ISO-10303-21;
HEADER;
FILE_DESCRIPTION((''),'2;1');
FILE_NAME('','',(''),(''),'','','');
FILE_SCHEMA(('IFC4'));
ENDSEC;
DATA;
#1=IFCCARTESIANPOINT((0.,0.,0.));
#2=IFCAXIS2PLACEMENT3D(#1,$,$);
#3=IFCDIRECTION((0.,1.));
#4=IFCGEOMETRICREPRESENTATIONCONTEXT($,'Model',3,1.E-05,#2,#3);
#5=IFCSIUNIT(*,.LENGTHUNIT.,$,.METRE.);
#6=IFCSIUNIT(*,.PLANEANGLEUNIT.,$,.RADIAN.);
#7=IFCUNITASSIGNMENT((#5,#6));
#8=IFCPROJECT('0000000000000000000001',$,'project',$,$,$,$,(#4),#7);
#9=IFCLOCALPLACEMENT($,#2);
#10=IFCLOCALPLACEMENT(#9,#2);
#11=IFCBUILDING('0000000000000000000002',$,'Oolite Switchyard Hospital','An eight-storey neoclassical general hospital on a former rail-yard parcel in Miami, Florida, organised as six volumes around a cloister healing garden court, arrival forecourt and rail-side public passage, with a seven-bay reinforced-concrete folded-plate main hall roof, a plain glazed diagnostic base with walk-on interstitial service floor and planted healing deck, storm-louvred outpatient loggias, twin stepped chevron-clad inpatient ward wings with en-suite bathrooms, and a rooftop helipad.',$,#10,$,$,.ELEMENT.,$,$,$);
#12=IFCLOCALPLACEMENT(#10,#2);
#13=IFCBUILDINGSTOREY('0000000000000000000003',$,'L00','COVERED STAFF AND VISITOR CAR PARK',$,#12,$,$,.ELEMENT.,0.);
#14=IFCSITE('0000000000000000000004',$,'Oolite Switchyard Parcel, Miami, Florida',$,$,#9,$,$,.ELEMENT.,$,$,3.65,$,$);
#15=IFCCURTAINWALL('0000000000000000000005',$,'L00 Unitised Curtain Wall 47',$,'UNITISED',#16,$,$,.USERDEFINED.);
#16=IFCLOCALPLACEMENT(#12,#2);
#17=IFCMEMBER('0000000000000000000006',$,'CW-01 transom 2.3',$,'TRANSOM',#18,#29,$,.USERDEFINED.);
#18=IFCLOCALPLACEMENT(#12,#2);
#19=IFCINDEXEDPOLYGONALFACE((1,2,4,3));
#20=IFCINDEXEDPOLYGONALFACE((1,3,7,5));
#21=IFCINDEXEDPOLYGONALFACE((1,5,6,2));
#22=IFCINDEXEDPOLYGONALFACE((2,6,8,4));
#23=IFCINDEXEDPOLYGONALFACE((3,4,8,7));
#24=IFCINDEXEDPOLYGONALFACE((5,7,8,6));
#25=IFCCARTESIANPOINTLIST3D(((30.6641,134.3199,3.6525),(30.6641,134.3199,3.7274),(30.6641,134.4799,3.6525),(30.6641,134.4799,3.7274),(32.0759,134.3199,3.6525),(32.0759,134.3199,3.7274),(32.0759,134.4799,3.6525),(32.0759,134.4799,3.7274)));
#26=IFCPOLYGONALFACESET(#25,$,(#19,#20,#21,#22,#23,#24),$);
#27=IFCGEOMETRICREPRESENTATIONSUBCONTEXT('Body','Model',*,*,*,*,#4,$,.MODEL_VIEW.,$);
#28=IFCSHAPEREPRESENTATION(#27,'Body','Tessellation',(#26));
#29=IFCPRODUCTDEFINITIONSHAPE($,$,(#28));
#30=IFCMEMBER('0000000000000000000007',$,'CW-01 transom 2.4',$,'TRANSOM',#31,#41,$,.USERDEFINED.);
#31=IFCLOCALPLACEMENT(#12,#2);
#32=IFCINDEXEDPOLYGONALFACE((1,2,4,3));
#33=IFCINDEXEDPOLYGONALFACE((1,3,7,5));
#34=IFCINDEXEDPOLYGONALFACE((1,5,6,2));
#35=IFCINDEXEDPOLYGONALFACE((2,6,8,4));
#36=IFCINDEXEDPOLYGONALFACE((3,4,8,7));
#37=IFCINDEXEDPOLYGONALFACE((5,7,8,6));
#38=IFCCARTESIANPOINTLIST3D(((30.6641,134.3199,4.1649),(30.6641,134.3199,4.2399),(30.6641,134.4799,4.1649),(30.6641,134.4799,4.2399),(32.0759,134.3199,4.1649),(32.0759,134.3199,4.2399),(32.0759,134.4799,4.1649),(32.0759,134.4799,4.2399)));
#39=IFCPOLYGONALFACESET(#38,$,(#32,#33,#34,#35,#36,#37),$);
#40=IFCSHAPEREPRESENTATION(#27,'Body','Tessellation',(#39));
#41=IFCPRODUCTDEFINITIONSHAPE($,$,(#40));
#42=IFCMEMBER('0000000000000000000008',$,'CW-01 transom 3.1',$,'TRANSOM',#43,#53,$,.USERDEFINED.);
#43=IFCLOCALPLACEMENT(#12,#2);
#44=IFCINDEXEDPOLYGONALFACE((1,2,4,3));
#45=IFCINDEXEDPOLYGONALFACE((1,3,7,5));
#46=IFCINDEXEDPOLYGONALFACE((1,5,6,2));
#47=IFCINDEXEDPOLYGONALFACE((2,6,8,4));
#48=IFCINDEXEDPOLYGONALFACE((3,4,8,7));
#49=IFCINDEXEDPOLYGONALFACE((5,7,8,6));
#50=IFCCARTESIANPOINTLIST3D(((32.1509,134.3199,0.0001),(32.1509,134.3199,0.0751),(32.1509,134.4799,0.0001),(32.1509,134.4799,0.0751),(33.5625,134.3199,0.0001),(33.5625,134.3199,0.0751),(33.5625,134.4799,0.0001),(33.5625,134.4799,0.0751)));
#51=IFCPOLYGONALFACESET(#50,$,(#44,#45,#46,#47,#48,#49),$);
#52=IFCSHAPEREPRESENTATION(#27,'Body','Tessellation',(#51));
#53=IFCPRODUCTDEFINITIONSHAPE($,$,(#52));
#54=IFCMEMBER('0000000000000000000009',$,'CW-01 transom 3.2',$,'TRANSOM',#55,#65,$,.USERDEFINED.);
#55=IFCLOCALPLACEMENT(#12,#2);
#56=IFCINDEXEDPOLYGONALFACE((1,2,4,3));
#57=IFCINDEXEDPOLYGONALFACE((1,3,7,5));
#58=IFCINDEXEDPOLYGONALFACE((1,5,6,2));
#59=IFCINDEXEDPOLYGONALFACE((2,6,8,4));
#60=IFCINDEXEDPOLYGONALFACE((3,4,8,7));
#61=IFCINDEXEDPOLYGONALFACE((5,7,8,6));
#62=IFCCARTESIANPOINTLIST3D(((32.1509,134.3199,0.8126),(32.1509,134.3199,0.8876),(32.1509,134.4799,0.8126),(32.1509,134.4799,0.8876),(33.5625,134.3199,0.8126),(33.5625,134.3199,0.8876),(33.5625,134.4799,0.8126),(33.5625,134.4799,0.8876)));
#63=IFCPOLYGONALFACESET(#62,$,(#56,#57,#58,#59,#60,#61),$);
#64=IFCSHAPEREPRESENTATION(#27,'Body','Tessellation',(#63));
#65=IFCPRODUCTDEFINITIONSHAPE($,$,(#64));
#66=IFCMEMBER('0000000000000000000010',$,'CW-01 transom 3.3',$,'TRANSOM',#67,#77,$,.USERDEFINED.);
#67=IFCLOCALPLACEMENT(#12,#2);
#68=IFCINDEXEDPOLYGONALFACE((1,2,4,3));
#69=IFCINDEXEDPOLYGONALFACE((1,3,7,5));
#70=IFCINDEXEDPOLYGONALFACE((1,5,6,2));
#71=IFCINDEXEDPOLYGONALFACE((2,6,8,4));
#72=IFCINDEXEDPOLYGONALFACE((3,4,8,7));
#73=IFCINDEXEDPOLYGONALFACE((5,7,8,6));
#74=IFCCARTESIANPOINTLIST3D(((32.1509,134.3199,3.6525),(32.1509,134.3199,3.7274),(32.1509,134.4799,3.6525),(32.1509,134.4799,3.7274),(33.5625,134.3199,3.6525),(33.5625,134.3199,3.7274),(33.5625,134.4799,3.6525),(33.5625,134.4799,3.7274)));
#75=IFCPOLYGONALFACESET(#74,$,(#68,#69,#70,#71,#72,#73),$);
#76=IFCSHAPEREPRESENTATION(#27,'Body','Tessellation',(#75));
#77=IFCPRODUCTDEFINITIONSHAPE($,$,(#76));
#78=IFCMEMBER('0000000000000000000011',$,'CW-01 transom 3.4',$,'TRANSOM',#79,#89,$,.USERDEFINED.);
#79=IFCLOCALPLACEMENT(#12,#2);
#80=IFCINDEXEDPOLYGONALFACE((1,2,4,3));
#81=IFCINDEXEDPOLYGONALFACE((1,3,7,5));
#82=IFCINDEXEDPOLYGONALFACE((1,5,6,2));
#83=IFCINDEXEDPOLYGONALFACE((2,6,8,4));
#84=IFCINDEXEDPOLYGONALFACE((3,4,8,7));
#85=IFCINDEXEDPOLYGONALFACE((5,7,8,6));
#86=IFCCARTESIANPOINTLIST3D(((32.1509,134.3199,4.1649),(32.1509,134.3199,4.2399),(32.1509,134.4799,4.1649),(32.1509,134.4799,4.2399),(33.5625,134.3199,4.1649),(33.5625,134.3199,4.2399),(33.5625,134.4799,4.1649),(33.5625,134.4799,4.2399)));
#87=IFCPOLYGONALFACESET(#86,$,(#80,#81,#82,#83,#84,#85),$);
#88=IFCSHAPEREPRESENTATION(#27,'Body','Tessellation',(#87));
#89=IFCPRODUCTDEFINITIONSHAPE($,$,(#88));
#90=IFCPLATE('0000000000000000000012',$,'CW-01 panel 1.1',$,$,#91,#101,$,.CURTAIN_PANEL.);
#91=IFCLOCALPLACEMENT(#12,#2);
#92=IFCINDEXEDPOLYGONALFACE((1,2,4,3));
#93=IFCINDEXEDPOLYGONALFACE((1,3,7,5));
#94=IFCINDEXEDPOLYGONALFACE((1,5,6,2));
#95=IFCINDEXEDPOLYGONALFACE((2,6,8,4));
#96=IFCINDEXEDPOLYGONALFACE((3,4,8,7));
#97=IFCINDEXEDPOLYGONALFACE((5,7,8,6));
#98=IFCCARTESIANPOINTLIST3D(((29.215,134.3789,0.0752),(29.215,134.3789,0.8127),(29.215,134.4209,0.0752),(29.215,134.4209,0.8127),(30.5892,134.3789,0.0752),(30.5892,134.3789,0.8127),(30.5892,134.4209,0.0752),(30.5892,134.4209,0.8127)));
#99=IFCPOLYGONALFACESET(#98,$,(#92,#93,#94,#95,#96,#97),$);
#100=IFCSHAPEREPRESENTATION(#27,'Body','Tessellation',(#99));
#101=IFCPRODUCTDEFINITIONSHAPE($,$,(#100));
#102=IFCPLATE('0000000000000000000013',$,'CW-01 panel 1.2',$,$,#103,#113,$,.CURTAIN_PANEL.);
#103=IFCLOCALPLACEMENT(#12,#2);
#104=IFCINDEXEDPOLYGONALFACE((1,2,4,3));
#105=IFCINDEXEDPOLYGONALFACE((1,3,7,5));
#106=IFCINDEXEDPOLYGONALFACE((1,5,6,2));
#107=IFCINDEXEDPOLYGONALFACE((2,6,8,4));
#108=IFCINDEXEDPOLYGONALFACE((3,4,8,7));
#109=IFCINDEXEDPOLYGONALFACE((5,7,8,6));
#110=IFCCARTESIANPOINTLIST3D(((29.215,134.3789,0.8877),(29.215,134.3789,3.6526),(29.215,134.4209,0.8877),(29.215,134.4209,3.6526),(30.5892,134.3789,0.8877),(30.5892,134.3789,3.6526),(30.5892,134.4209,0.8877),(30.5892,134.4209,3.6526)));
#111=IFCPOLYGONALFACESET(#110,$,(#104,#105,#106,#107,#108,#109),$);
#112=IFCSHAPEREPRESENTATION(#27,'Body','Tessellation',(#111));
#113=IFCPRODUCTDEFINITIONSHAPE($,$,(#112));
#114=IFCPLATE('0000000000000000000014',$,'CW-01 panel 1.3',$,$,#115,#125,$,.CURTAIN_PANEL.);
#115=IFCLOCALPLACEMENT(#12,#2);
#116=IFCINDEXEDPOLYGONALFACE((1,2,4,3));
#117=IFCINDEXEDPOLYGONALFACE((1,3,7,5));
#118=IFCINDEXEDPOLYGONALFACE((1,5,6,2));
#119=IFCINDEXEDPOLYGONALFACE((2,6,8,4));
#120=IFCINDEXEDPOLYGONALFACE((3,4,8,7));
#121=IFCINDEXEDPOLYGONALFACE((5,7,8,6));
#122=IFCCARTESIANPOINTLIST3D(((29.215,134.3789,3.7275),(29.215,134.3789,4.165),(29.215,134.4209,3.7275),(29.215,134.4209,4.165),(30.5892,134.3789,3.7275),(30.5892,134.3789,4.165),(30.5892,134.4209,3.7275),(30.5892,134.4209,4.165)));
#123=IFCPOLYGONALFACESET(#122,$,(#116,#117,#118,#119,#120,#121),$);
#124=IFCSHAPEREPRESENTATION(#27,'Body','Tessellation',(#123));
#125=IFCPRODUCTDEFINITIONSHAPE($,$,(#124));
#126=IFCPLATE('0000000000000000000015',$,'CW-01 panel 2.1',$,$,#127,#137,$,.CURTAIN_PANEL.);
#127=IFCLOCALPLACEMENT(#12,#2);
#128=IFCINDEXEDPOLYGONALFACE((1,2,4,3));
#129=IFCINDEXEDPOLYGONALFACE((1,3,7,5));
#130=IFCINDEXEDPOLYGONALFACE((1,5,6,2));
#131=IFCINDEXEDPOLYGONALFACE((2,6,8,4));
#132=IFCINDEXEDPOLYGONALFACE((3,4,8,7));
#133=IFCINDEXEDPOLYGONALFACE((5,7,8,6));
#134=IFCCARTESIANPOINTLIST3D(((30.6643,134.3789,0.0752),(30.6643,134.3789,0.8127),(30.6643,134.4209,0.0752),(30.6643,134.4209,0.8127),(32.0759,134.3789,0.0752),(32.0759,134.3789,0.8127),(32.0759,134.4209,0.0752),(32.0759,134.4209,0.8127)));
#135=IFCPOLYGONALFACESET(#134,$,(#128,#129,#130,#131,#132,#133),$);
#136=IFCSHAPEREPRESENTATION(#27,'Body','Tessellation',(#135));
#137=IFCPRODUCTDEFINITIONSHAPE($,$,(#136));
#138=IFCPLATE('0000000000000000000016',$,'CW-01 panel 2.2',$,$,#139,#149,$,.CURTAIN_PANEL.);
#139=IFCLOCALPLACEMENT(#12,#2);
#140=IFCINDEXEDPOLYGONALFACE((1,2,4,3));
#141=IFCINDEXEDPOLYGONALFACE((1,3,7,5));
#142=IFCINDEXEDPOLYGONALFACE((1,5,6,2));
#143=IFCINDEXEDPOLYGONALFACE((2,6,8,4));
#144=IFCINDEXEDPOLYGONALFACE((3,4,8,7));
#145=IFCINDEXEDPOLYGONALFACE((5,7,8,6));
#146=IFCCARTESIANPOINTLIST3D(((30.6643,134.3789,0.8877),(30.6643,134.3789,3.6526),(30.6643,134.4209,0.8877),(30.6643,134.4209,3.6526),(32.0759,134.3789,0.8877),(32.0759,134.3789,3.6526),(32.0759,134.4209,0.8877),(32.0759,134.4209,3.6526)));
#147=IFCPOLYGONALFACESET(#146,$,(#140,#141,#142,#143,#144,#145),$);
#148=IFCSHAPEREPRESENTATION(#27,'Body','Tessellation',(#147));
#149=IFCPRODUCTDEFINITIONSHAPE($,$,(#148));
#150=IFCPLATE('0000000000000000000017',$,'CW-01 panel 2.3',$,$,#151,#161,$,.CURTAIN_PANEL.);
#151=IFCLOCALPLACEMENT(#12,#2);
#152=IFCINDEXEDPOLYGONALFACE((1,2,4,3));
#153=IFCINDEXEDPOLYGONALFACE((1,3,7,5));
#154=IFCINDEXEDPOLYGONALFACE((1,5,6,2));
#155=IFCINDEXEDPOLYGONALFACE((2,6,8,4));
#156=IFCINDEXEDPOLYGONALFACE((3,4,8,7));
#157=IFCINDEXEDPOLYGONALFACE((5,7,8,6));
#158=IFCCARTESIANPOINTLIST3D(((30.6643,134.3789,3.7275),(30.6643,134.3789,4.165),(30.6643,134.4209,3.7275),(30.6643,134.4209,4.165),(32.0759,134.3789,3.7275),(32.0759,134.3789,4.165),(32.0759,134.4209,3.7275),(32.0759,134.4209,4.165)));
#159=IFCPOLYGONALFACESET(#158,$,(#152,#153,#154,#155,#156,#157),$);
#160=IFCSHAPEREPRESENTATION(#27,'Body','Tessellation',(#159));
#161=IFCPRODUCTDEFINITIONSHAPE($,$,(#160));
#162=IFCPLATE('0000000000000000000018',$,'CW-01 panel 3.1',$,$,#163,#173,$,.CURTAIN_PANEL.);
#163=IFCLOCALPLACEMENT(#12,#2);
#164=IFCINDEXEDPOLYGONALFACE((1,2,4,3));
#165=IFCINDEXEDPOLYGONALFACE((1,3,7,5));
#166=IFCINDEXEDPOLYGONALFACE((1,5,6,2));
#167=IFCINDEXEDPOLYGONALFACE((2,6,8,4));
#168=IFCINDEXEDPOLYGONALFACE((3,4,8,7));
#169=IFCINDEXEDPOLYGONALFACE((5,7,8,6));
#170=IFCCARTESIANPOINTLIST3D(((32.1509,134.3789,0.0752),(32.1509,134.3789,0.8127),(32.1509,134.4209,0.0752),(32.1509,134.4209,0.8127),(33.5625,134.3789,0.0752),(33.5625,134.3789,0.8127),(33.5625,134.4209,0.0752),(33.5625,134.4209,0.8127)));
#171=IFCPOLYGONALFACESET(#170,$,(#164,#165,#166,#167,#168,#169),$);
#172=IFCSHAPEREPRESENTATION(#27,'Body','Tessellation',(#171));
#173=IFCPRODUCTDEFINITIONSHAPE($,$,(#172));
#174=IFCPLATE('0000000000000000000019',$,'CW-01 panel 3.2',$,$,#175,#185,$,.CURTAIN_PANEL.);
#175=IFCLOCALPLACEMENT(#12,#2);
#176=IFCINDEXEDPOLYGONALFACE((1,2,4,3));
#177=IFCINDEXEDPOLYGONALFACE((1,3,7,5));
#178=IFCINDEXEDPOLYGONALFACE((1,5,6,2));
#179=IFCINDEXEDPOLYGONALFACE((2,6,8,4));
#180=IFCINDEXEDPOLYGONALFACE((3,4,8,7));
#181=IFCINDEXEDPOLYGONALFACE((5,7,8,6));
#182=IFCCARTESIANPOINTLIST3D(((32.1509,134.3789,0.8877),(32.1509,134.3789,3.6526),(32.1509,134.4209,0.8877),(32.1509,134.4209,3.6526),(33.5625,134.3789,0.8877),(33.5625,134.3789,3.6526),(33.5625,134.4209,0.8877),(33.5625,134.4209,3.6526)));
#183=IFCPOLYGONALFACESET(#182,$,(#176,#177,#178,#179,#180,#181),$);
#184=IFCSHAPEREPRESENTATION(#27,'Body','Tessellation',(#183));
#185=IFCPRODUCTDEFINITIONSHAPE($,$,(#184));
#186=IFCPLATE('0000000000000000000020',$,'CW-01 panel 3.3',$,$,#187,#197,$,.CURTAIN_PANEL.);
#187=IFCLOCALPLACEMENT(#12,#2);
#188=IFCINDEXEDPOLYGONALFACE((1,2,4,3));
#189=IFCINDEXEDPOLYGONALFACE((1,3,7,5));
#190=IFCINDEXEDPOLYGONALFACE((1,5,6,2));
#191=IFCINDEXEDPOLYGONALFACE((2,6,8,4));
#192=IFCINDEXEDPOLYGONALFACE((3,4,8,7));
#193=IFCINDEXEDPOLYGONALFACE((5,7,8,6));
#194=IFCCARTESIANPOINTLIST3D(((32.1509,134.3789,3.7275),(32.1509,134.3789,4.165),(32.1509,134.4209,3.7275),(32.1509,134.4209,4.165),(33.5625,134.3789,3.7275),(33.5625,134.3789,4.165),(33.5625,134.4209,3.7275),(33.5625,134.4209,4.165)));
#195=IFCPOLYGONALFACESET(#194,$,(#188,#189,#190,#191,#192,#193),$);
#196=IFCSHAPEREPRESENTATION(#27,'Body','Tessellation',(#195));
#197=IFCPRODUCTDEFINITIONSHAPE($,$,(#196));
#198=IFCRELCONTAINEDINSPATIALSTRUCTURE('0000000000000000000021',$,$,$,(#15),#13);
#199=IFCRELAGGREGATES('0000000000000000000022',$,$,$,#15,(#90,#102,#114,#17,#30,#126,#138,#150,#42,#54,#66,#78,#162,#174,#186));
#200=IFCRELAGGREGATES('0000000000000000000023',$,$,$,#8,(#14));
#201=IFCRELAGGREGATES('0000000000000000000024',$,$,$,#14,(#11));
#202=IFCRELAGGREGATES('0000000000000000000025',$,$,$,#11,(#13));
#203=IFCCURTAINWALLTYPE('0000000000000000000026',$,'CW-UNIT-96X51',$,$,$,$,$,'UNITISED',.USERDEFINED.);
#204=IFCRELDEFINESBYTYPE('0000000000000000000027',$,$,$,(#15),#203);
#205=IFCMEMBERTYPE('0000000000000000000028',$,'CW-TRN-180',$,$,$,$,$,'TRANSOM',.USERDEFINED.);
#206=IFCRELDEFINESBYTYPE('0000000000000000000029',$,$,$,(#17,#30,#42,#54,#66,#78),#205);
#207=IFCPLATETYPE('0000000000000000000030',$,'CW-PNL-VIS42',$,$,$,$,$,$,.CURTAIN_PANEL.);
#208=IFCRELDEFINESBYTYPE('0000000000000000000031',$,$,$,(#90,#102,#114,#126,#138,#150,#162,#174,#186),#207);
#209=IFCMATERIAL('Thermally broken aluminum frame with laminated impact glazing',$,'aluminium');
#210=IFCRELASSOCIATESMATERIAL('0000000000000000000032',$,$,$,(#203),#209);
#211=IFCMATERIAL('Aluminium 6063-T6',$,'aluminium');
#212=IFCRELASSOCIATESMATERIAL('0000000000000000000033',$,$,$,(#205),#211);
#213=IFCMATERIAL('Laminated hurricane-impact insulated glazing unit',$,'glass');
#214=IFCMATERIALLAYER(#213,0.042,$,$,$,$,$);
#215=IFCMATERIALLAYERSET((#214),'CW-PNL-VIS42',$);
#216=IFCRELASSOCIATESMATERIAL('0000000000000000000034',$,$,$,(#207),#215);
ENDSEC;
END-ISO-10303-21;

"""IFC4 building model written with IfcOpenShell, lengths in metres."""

from ifc_helpers import new_model, si_unit, direction, frame, origin, origin_2d, place, context, subcontext, project, spatial, rectangle, extrude, material, layer, layer_set, material_profile, profile_set, type_object, element, aggregate, save


model = new_model("IFC4")

# Units and contexts
model_context = context("Model", 3, precision=1e-05, world=origin(), true_north=direction((0.0, 1.0)))
body_context = subcontext(model_context, "Body", "Model", "MODEL_VIEW")
ifc_project = project(units=[si_unit("LENGTHUNIT", "METRE"), si_unit("PLANEANGLEUNIT", "RADIAN")], contexts=[model_context])

# Site, building, storey
site_placement = place(None, origin())
site = spatial("IfcSite", under=ifc_project, at=site_placement, Name="Oolite Switchyard Parcel, Miami, Florida", CompositionType="ELEMENT", RefElevation=3.65)
building_placement = place(site_placement, origin())
building = spatial("IfcBuilding", under=site, at=building_placement, Name="Oolite Switchyard Hospital", Description="An eight-storey neoclassical general hospital on a former rail-yard parcel in Miami, Florida, organised as six volumes around a cloister healing garden court, arrival forecourt and rail-side public passage, with a seven-bay reinforced-concrete folded-plate main hall roof, a plain glazed diagnostic base with walk-on interstitial service floor and planted healing deck, storm-louvred outpatient loggias, twin stepped chevron-clad inpatient ward wings with en-suite bathrooms, and a rooftop helipad.", CompositionType="ELEMENT")
storey_placement = place(building_placement, origin())
storey = spatial("IfcBuildingStorey", under=building, at=storey_placement, Name="L00", Description="COVERED STAFF AND VISITOR CAR PARK", CompositionType="ELEMENT", Elevation=0.0)

# Curtain wall, members, plates
ifc_material_1 = material(Name="Thermally broken aluminum frame with laminated impact glazing", Category="aluminium")
curtain_wall_type = type_object("IfcCurtainWallType", Name="CW-UNIT-96X51", ElementType="UNITISED", PredefinedType="USERDEFINED", material=ifc_material_1)
curtain_wall_placement = place(storey_placement, origin())
curtain_wall = element("IfcCurtainWall", 1, at=curtain_wall_placement, inside=storey, type_object=curtain_wall_type, Name="L00 Unitised Curtain Wall 47", ObjectType="UNITISED", PredefinedType="USERDEFINED")
ifc_material_2 = material(Name="Aluminium 6063-T6", Category="aluminium")
ifc_material_profile_1 = material_profile(ifc_material_2, rectangle(XDim=0.1599, YDim=0.075, at=origin_2d()), Name="CWT75X160")
ifc_profile_set_1 = profile_set([ifc_material_profile_1], Name="Aluminium 6063-T6")
member_type_1 = type_object("IfcMemberType", Name="CW-TRN-180", ElementType="TRANSOM", PredefinedType="USERDEFINED", material=ifc_profile_set_1)
member_1_placement = place(storey_placement, frame((30.6641, 134.3999, 3.6899), z_axis=(1.0, 0.0, 0.0), x_axis=(0.0, 1.0, 0.0)))
member_1 = element("IfcMember", 2, at=member_1_placement, type_object=member_type_1, Name="CW-01 transom 2.3", ObjectType="TRANSOM", PredefinedType="USERDEFINED", context=body_context, shape_type="SweptSolid", body=[
    extrude(rectangle(XDim=0.1599, YDim=0.075, at=origin_2d()), origin(), (0.0, 0.0, 1.0), 1.4119),
])
member_2_placement = place(storey_placement, frame((30.6641, 134.3999, 4.2024), z_axis=(1.0, 0.0, 0.0), x_axis=(0.0, 1.0, 0.0)))
member_2 = element("IfcMember", 3, at=member_2_placement, type_object=member_type_1, Name="CW-01 transom 2.4", ObjectType="TRANSOM", PredefinedType="USERDEFINED", context=body_context, shape_type="SweptSolid", body=[
    extrude(rectangle(XDim=0.1599, YDim=0.075, at=origin_2d()), origin(), (0.0, 0.0, 1.0), 1.4119),
])
member_3_placement = place(storey_placement, frame((32.1509, 134.3999, 0.0376), z_axis=(1.0, 0.0, 0.0), x_axis=(0.0, 1.0, 0.0)))
member_3 = element("IfcMember", 4, at=member_3_placement, type_object=member_type_1, Name="CW-01 transom 3.1", ObjectType="TRANSOM", PredefinedType="USERDEFINED", context=body_context, shape_type="SweptSolid", body=[
    extrude(rectangle(XDim=0.1599, YDim=0.075, at=origin_2d()), origin(), (0.0, 0.0, 1.0), 1.4116),
])
member_4_placement = place(storey_placement, frame((32.1509, 134.3999, 0.8501), z_axis=(1.0, 0.0, 0.0), x_axis=(0.0, 1.0, 0.0)))
member_4 = element("IfcMember", 5, at=member_4_placement, type_object=member_type_1, Name="CW-01 transom 3.2", ObjectType="TRANSOM", PredefinedType="USERDEFINED", context=body_context, shape_type="SweptSolid", body=[
    extrude(rectangle(XDim=0.1599, YDim=0.075, at=origin_2d()), origin(), (0.0, 0.0, 1.0), 1.4116),
])
member_5_placement = place(storey_placement, frame((32.1509, 134.3999, 3.6899), z_axis=(1.0, 0.0, 0.0), x_axis=(0.0, 1.0, 0.0)))
member_5 = element("IfcMember", 6, at=member_5_placement, type_object=member_type_1, Name="CW-01 transom 3.3", ObjectType="TRANSOM", PredefinedType="USERDEFINED", context=body_context, shape_type="SweptSolid", body=[
    extrude(rectangle(XDim=0.1599, YDim=0.075, at=origin_2d()), origin(), (0.0, 0.0, 1.0), 1.4116),
])
member_6_placement = place(storey_placement, frame((32.1509, 134.3999, 4.2024), z_axis=(1.0, 0.0, 0.0), x_axis=(0.0, 1.0, 0.0)))
member_6 = element("IfcMember", 7, at=member_6_placement, type_object=member_type_1, Name="CW-01 transom 3.4", ObjectType="TRANSOM", PredefinedType="USERDEFINED", context=body_context, shape_type="SweptSolid", body=[
    extrude(rectangle(XDim=0.1599, YDim=0.075, at=origin_2d()), origin(), (0.0, 0.0, 1.0), 1.4116),
])
ifc_material_3 = material(Name="Laminated hurricane-impact insulated glazing unit", Category="glass")
ifc_layer = layer(ifc_material_3, 0.042)
ifc_layer_set = layer_set([ifc_layer], Name="CW-PNL-VIS42")
plate_type = type_object("IfcPlateType", Name="CW-PNL-VIS42", PredefinedType="CURTAIN_PANEL", material=ifc_layer_set)
plate_1_placement = place(storey_placement, frame((29.9021, 134.3999, 0.0752), z_axis=(0.0, 0.0, 1.0), x_axis=(1.0, 0.0, 0.0)))
plate_1 = element("IfcPlate", 8, at=plate_1_placement, type_object=plate_type, Name="CW-01 panel 1.1", PredefinedType="CURTAIN_PANEL", context=body_context, shape_type="SweptSolid", body=[
    extrude(rectangle(XDim=1.3743, YDim=0.042, at=origin_2d()), origin(), (0.0, 0.0, 1.0), 0.7375),
])
plate_2_placement = place(storey_placement, frame((29.9021, 134.3999, 0.8877), z_axis=(0.0, 0.0, 1.0), x_axis=(1.0, 0.0, 0.0)))
plate_2 = element("IfcPlate", 9, at=plate_2_placement, type_object=plate_type, Name="CW-01 panel 1.2", PredefinedType="CURTAIN_PANEL", context=body_context, shape_type="SweptSolid", body=[
    extrude(rectangle(XDim=1.3743, YDim=0.042, at=origin_2d()), origin(), (0.0, 0.0, 1.0), 2.7649),
])
plate_3_placement = place(storey_placement, frame((29.9021, 134.3999, 3.7275), z_axis=(0.0, 0.0, 1.0), x_axis=(1.0, 0.0, 0.0)))
plate_3 = element("IfcPlate", 10, at=plate_3_placement, type_object=plate_type, Name="CW-01 panel 1.3", PredefinedType="CURTAIN_PANEL", context=body_context, shape_type="SweptSolid", body=[
    extrude(rectangle(XDim=1.3743, YDim=0.042, at=origin_2d()), origin(), (0.0, 0.0, 1.0), 0.4375),
])
plate_4_placement = place(storey_placement, frame((31.3701, 134.3999, 0.0752), z_axis=(0.0, 0.0, 1.0), x_axis=(1.0, 0.0, 0.0)))
plate_4 = element("IfcPlate", 11, at=plate_4_placement, type_object=plate_type, Name="CW-01 panel 2.1", PredefinedType="CURTAIN_PANEL", context=body_context, shape_type="SweptSolid", body=[
    extrude(rectangle(XDim=1.4116, YDim=0.042, at=origin_2d()), origin(), (0.0, 0.0, 1.0), 0.7375),
])
plate_5_placement = place(storey_placement, frame((31.3701, 134.3999, 0.8877), z_axis=(0.0, 0.0, 1.0), x_axis=(1.0, 0.0, 0.0)))
plate_5 = element("IfcPlate", 12, at=plate_5_placement, type_object=plate_type, Name="CW-01 panel 2.2", PredefinedType="CURTAIN_PANEL", context=body_context, shape_type="SweptSolid", body=[
    extrude(rectangle(XDim=1.4116, YDim=0.042, at=origin_2d()), origin(), (0.0, 0.0, 1.0), 2.7649),
])
plate_6_placement = place(storey_placement, frame((31.3701, 134.3999, 3.7275), z_axis=(0.0, 0.0, 1.0), x_axis=(1.0, 0.0, 0.0)))
plate_6 = element("IfcPlate", 13, at=plate_6_placement, type_object=plate_type, Name="CW-01 panel 2.3", PredefinedType="CURTAIN_PANEL", context=body_context, shape_type="SweptSolid", body=[
    extrude(rectangle(XDim=1.4116, YDim=0.042, at=origin_2d()), origin(), (0.0, 0.0, 1.0), 0.4375),
])
plate_7_placement = place(storey_placement, frame((32.8567, 134.3999, 0.0752), z_axis=(0.0, 0.0, 1.0), x_axis=(1.0, 0.0, 0.0)))
plate_7 = element("IfcPlate", 14, at=plate_7_placement, type_object=plate_type, Name="CW-01 panel 3.1", PredefinedType="CURTAIN_PANEL", context=body_context, shape_type="SweptSolid", body=[
    extrude(rectangle(XDim=1.4116, YDim=0.042, at=origin_2d()), origin(), (0.0, 0.0, 1.0), 0.7375),
])
plate_8_placement = place(storey_placement, frame((32.8567, 134.3999, 0.8877), z_axis=(0.0, 0.0, 1.0), x_axis=(1.0, 0.0, 0.0)))
plate_8 = element("IfcPlate", 15, at=plate_8_placement, type_object=plate_type, Name="CW-01 panel 3.2", PredefinedType="CURTAIN_PANEL", context=body_context, shape_type="SweptSolid", body=[
    extrude(rectangle(XDim=1.4116, YDim=0.042, at=origin_2d()), origin(), (0.0, 0.0, 1.0), 2.7649),
])
plate_9_placement = place(storey_placement, frame((32.8567, 134.3999, 3.7275), z_axis=(0.0, 0.0, 1.0), x_axis=(1.0, 0.0, 0.0)))
plate_9 = element("IfcPlate", 16, at=plate_9_placement, type_object=plate_type, Name="CW-01 panel 3.3", PredefinedType="CURTAIN_PANEL", context=body_context, shape_type="SweptSolid", body=[
    extrude(rectangle(XDim=1.4116, YDim=0.042, at=origin_2d()), origin(), (0.0, 0.0, 1.0), 0.4375),
])
aggregate(curtain_wall, [plate_1, plate_2, plate_3, member_1, member_2, plate_4, plate_5, plate_6, member_3, member_4, member_5, member_6, plate_7, plate_8, plate_9])

save(model, "model.ifc")
